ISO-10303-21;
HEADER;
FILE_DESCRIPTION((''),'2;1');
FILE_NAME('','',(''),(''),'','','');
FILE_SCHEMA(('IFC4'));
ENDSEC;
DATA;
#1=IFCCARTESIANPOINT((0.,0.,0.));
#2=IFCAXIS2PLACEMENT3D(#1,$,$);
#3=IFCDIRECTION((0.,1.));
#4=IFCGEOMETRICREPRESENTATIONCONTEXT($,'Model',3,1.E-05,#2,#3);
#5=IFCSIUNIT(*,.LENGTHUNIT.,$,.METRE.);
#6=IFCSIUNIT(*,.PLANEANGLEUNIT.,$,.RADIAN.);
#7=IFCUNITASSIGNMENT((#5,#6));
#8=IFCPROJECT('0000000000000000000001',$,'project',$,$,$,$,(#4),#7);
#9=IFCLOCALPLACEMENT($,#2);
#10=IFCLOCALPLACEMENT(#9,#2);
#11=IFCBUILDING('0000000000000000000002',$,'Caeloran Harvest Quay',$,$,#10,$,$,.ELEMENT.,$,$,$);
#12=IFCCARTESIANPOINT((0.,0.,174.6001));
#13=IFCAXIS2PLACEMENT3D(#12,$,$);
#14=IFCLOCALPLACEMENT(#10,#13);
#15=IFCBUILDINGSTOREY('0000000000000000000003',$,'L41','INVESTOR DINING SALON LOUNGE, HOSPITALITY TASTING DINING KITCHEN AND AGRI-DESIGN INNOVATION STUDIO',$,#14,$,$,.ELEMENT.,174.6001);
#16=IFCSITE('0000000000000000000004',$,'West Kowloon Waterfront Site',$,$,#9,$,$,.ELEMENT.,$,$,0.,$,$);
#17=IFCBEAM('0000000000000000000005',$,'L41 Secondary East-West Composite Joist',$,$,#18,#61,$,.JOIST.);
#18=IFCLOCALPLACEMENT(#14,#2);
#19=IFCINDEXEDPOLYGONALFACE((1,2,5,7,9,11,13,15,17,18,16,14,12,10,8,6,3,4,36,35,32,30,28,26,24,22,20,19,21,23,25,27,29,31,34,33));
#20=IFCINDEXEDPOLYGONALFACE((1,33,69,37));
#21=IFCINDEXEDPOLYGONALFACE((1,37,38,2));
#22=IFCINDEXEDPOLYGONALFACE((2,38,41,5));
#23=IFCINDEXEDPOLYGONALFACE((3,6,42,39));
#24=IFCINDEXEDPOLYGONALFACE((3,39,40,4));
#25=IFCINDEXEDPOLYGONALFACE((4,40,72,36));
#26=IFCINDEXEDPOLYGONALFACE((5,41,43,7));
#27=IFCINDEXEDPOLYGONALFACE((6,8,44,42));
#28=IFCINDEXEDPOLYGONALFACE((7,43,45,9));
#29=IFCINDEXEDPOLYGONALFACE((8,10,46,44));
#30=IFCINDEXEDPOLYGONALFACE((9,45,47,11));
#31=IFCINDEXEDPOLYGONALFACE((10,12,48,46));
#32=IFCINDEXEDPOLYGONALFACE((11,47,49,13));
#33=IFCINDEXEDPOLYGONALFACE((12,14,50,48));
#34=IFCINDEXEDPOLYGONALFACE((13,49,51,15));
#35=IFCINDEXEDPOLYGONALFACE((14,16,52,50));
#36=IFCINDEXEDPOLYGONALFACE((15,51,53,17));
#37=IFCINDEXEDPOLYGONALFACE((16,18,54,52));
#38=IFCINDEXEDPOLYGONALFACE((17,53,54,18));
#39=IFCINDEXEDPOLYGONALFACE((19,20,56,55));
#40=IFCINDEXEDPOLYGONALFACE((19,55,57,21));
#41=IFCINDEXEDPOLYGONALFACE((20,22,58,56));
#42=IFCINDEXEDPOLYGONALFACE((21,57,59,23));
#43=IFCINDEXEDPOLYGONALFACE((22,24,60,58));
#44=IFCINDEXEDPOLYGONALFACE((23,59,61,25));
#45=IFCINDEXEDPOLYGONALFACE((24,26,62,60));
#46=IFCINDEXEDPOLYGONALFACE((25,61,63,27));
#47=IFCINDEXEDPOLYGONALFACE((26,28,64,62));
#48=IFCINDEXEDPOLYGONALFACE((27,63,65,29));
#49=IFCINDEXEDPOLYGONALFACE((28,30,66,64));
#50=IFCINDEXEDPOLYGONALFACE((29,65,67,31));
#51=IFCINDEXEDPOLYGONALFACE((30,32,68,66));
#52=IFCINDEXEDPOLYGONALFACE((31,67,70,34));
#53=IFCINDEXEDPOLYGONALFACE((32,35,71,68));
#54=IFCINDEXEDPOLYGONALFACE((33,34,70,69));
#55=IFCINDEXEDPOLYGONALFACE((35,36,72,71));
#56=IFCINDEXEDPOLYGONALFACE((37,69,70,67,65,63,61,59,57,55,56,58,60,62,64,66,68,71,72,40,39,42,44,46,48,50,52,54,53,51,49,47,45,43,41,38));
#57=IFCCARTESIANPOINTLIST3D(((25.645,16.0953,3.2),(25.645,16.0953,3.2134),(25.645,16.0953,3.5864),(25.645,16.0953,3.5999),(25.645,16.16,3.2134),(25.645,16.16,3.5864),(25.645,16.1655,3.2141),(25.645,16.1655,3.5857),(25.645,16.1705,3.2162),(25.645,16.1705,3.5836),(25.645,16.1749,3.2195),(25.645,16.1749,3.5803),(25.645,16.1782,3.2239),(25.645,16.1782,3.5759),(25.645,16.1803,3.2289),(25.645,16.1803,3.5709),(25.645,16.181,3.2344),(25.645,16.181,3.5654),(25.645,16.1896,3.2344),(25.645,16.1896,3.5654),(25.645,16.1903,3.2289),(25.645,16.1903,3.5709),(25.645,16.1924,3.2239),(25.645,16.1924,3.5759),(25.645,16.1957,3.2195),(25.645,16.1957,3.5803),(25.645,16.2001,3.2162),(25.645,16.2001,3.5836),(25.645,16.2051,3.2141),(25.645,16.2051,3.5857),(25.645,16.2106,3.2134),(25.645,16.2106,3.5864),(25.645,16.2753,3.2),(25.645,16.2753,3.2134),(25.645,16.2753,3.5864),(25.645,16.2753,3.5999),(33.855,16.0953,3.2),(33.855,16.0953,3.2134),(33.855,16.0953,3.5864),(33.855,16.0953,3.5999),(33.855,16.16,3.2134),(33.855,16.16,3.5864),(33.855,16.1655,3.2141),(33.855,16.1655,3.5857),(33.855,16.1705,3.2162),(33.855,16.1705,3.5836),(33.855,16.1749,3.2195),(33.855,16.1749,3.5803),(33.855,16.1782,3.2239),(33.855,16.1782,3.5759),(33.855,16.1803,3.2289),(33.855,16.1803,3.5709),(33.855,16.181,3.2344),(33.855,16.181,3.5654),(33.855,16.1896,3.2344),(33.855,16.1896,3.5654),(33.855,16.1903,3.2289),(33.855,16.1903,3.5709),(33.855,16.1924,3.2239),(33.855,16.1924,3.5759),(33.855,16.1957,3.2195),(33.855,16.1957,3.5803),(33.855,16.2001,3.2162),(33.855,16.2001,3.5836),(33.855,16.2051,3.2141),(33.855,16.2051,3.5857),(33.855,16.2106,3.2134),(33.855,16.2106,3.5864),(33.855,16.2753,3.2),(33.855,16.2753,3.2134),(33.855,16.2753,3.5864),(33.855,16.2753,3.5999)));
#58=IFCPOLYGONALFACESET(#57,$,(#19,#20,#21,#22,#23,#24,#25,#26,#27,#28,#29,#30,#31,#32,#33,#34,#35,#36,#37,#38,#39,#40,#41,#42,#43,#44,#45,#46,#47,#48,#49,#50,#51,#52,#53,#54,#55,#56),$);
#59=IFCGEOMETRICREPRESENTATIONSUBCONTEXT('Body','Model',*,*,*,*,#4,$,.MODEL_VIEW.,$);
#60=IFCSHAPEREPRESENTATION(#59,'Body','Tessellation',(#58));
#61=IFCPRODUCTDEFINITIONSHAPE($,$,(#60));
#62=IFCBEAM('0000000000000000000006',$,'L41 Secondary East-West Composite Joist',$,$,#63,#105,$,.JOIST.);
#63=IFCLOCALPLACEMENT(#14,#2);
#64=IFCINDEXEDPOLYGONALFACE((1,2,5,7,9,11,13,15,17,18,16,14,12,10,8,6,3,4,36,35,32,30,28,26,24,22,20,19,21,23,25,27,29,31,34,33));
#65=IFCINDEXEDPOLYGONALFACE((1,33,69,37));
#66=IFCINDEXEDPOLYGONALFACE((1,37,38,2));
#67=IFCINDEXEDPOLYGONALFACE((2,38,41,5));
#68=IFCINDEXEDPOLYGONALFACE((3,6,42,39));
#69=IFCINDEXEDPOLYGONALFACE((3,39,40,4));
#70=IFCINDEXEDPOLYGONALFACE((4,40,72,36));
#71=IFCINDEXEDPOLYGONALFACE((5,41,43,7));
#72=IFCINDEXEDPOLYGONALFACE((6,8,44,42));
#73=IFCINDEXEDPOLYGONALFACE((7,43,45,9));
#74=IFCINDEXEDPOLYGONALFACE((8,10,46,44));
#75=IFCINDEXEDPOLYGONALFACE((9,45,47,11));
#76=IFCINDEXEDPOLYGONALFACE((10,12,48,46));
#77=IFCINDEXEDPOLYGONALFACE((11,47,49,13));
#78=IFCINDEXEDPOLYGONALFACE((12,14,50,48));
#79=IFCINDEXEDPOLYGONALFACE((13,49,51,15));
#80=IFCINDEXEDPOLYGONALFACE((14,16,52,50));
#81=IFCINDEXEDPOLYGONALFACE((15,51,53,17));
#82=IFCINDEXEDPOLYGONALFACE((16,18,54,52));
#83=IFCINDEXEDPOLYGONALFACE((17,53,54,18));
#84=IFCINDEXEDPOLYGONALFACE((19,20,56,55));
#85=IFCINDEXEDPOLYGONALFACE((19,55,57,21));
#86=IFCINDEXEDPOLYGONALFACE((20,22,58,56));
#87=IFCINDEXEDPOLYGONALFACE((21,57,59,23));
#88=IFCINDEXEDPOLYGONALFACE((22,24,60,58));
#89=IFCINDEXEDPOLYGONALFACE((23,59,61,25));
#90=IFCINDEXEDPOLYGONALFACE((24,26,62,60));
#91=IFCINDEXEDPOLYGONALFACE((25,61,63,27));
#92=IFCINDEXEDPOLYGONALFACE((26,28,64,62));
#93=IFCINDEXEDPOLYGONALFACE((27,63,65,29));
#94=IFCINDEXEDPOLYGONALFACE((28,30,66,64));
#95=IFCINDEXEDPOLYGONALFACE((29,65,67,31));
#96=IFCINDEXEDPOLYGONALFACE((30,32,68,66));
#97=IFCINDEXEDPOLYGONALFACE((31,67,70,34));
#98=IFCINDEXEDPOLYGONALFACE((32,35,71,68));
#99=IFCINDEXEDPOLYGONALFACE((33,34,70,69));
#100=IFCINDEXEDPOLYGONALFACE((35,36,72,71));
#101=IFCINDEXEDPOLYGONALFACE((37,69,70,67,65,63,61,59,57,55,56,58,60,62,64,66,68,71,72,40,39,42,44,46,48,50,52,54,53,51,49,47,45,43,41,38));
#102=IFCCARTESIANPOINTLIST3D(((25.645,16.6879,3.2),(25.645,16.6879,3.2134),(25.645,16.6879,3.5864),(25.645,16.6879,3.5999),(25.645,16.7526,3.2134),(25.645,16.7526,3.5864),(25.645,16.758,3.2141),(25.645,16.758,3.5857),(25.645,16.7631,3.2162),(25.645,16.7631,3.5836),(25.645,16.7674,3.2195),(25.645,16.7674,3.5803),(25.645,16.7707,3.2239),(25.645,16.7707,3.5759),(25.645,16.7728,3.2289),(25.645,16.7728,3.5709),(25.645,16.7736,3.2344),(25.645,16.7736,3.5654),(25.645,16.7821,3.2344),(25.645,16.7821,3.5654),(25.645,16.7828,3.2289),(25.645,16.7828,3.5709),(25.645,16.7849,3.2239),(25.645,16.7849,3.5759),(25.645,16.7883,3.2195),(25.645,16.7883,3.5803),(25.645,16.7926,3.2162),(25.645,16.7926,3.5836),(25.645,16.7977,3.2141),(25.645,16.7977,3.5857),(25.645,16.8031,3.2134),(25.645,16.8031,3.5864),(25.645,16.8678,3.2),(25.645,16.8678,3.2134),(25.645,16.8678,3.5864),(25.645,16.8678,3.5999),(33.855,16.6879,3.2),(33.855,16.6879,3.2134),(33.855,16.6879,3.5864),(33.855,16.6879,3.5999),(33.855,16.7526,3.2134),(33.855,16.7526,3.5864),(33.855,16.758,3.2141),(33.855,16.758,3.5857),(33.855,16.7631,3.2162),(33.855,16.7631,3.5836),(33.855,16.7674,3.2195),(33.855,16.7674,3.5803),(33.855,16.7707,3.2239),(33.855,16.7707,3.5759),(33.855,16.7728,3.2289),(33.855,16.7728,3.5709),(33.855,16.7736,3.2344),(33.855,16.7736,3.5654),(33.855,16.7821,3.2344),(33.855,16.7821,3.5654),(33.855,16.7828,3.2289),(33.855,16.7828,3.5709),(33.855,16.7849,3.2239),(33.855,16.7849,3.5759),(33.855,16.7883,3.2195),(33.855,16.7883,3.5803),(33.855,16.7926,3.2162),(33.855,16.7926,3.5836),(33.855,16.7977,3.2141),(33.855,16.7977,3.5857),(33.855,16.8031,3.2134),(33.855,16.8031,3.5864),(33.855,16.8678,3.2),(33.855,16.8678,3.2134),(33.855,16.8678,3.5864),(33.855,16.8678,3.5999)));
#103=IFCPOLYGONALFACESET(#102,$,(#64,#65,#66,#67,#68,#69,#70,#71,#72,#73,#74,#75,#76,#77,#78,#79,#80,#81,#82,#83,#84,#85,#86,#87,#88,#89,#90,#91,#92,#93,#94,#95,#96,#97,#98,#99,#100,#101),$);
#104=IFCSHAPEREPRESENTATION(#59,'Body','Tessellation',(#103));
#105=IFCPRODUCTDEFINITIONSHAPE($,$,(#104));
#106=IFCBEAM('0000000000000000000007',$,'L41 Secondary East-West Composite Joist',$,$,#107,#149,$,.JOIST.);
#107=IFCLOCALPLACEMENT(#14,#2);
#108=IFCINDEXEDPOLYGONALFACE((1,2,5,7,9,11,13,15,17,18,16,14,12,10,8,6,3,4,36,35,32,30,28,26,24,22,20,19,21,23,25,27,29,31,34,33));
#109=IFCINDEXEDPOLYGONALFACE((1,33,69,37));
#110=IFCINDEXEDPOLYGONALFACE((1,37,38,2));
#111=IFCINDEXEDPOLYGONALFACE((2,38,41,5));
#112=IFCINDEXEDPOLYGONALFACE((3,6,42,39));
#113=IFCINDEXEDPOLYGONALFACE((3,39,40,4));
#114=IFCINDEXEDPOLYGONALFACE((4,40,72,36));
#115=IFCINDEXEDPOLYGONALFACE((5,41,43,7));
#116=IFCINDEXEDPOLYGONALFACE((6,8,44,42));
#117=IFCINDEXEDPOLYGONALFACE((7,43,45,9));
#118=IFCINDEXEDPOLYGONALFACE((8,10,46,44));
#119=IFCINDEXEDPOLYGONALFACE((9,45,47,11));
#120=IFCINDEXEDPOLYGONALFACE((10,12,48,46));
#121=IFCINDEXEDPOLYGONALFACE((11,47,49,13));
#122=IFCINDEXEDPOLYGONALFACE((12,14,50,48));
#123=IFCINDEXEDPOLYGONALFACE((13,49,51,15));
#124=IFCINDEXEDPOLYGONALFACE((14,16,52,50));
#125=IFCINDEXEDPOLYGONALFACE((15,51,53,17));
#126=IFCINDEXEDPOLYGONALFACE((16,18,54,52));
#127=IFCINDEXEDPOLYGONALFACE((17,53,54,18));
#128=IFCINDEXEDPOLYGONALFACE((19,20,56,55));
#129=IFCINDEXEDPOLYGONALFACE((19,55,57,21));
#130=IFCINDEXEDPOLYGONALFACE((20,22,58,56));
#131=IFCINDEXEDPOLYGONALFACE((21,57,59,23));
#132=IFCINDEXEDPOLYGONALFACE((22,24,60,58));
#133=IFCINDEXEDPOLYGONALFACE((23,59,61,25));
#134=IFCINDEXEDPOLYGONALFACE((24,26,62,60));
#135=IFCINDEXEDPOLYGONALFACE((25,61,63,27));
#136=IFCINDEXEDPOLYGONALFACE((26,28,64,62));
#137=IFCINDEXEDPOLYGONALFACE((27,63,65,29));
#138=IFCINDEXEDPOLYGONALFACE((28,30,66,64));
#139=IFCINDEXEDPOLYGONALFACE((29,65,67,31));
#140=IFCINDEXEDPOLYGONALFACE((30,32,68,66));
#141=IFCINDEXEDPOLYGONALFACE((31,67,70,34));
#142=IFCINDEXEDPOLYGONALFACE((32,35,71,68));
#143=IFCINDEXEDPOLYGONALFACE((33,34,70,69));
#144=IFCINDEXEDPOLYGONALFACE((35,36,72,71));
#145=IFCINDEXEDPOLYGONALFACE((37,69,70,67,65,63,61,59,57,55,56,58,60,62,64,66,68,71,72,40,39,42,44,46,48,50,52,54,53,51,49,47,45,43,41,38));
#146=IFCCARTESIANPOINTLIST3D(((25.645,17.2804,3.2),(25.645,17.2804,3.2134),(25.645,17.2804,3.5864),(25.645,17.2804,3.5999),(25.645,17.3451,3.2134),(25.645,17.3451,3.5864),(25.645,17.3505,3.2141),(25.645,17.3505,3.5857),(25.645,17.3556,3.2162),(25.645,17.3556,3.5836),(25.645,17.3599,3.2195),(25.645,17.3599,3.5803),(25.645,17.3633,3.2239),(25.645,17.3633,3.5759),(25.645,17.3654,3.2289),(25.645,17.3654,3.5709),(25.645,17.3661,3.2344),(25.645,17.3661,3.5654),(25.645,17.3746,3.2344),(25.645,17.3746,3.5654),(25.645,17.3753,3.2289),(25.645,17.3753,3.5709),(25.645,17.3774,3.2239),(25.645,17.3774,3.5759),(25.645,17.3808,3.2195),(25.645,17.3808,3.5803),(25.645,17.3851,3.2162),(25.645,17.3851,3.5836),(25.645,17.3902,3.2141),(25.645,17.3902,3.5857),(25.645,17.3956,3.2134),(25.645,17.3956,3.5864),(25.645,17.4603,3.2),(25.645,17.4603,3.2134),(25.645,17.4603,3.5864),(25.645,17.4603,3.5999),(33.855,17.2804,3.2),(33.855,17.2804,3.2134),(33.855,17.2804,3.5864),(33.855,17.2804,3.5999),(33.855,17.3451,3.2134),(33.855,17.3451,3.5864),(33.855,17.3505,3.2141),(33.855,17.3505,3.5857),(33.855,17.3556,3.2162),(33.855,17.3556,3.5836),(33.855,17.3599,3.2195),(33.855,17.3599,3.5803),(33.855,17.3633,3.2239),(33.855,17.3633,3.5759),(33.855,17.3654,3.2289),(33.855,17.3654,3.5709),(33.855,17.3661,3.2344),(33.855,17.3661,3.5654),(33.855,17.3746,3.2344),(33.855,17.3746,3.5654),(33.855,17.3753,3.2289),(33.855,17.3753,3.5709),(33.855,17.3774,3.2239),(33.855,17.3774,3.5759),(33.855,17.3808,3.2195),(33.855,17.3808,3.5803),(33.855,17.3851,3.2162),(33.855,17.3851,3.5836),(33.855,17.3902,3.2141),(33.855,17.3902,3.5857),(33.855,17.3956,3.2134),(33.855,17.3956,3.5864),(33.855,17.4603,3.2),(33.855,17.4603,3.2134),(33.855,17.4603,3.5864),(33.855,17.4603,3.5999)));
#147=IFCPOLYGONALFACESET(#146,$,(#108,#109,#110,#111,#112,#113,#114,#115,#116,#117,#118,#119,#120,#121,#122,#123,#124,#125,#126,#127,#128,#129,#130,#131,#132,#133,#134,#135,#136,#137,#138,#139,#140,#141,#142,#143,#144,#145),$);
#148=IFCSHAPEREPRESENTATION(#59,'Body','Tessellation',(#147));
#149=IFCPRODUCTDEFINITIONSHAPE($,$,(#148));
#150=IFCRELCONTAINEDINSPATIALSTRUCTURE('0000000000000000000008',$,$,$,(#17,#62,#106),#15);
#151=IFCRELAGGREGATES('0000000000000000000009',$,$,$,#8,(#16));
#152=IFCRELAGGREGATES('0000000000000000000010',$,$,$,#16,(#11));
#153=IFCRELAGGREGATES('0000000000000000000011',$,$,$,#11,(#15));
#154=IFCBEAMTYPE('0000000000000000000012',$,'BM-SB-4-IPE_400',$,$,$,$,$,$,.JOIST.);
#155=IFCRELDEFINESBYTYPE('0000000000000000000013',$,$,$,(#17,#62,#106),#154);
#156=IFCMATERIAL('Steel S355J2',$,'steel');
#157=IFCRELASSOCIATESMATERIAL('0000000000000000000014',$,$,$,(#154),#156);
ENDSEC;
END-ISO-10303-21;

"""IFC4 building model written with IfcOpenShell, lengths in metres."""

from ifc_helpers import new_model, si_unit, direction, frame, origin, origin_2d, place, context, subcontext, project, spatial, i_section, extrude, material, material_profile, profile_set, type_object, element, save


model = new_model("IFC4")

# Units and contexts
model_context = context("Model", 3, precision=1e-05, world=origin(), true_north=direction((0.0, 1.0)))
body_context = subcontext(model_context, "Body", "Model", "MODEL_VIEW")
ifc_project = project(units=[si_unit("LENGTHUNIT", "METRE"), si_unit("PLANEANGLEUNIT", "RADIAN")], contexts=[model_context])

# Site, building, storey
site_placement = place(None, origin())
site = spatial("IfcSite", under=ifc_project, at=site_placement, Name="West Kowloon Waterfront Site", CompositionType="ELEMENT", RefElevation=0.0)
building_placement = place(site_placement, origin())
building = spatial("IfcBuilding", under=site, at=building_placement, Name="Caeloran Harvest Quay", CompositionType="ELEMENT")
storey_placement = place(building_placement, frame((0.0, 0.0, 174.6001)))
storey = spatial("IfcBuildingStorey", under=building, at=storey_placement, Name="L41", Description="INVESTOR DINING SALON LOUNGE, HOSPITALITY TASTING DINING KITCHEN AND AGRI-DESIGN INNOVATION STUDIO", CompositionType="ELEMENT", Elevation=174.6001)

# Beams
ifc_material_1 = material(Name="Steel S355J2", Category="steel")
ifc_material_profile_1 = material_profile(ifc_material_1, i_section(OverallWidth=0.1799, OverallDepth=0.3999, WebThickness=0.0085, FlangeThickness=0.0134, FilletRadius=0.021, at=origin_2d()), Name="IPE 400")
ifc_profile_set_1 = profile_set([ifc_material_profile_1], Name="Steel S355J2")
beam_type_1 = type_object("IfcBeamType", Name="BM-SB-4-IPE_400", PredefinedType="JOIST", material=ifc_profile_set_1)
for number, where, z_axis, x_axis, name in (
    (1, (25.645, 16.1853, 3.3999), (1.0, 0.0, 0.0), (0.0, 1.0, 0.0), "L41 Secondary East-West Composite Joist"),
    (2, (25.645, 16.7778, 3.3999), (1.0, 0.0, 0.0), (0.0, 1.0, 0.0), "L41 Secondary East-West Composite Joist"),
    (3, (25.645, 17.3704, 3.3999), (1.0, 0.0, 0.0), (0.0, 1.0, 0.0), "L41 Secondary East-West Composite Joist"),
):
    element("IfcBeam", number, at=place(storey_placement, frame(where, z_axis=z_axis, x_axis=x_axis)), inside=storey, type_object=beam_type_1, Name=name, PredefinedType="JOIST", context=body_context, shape_type="SweptSolid", body=[
        extrude(i_section(OverallWidth=0.1799, OverallDepth=0.3999, WebThickness=0.0085, FlangeThickness=0.0134, FilletRadius=0.021, at=origin_2d()), origin(), (0.0, 0.0, 1.0), 8.21),
    ])

save(model, "model.ifc")
